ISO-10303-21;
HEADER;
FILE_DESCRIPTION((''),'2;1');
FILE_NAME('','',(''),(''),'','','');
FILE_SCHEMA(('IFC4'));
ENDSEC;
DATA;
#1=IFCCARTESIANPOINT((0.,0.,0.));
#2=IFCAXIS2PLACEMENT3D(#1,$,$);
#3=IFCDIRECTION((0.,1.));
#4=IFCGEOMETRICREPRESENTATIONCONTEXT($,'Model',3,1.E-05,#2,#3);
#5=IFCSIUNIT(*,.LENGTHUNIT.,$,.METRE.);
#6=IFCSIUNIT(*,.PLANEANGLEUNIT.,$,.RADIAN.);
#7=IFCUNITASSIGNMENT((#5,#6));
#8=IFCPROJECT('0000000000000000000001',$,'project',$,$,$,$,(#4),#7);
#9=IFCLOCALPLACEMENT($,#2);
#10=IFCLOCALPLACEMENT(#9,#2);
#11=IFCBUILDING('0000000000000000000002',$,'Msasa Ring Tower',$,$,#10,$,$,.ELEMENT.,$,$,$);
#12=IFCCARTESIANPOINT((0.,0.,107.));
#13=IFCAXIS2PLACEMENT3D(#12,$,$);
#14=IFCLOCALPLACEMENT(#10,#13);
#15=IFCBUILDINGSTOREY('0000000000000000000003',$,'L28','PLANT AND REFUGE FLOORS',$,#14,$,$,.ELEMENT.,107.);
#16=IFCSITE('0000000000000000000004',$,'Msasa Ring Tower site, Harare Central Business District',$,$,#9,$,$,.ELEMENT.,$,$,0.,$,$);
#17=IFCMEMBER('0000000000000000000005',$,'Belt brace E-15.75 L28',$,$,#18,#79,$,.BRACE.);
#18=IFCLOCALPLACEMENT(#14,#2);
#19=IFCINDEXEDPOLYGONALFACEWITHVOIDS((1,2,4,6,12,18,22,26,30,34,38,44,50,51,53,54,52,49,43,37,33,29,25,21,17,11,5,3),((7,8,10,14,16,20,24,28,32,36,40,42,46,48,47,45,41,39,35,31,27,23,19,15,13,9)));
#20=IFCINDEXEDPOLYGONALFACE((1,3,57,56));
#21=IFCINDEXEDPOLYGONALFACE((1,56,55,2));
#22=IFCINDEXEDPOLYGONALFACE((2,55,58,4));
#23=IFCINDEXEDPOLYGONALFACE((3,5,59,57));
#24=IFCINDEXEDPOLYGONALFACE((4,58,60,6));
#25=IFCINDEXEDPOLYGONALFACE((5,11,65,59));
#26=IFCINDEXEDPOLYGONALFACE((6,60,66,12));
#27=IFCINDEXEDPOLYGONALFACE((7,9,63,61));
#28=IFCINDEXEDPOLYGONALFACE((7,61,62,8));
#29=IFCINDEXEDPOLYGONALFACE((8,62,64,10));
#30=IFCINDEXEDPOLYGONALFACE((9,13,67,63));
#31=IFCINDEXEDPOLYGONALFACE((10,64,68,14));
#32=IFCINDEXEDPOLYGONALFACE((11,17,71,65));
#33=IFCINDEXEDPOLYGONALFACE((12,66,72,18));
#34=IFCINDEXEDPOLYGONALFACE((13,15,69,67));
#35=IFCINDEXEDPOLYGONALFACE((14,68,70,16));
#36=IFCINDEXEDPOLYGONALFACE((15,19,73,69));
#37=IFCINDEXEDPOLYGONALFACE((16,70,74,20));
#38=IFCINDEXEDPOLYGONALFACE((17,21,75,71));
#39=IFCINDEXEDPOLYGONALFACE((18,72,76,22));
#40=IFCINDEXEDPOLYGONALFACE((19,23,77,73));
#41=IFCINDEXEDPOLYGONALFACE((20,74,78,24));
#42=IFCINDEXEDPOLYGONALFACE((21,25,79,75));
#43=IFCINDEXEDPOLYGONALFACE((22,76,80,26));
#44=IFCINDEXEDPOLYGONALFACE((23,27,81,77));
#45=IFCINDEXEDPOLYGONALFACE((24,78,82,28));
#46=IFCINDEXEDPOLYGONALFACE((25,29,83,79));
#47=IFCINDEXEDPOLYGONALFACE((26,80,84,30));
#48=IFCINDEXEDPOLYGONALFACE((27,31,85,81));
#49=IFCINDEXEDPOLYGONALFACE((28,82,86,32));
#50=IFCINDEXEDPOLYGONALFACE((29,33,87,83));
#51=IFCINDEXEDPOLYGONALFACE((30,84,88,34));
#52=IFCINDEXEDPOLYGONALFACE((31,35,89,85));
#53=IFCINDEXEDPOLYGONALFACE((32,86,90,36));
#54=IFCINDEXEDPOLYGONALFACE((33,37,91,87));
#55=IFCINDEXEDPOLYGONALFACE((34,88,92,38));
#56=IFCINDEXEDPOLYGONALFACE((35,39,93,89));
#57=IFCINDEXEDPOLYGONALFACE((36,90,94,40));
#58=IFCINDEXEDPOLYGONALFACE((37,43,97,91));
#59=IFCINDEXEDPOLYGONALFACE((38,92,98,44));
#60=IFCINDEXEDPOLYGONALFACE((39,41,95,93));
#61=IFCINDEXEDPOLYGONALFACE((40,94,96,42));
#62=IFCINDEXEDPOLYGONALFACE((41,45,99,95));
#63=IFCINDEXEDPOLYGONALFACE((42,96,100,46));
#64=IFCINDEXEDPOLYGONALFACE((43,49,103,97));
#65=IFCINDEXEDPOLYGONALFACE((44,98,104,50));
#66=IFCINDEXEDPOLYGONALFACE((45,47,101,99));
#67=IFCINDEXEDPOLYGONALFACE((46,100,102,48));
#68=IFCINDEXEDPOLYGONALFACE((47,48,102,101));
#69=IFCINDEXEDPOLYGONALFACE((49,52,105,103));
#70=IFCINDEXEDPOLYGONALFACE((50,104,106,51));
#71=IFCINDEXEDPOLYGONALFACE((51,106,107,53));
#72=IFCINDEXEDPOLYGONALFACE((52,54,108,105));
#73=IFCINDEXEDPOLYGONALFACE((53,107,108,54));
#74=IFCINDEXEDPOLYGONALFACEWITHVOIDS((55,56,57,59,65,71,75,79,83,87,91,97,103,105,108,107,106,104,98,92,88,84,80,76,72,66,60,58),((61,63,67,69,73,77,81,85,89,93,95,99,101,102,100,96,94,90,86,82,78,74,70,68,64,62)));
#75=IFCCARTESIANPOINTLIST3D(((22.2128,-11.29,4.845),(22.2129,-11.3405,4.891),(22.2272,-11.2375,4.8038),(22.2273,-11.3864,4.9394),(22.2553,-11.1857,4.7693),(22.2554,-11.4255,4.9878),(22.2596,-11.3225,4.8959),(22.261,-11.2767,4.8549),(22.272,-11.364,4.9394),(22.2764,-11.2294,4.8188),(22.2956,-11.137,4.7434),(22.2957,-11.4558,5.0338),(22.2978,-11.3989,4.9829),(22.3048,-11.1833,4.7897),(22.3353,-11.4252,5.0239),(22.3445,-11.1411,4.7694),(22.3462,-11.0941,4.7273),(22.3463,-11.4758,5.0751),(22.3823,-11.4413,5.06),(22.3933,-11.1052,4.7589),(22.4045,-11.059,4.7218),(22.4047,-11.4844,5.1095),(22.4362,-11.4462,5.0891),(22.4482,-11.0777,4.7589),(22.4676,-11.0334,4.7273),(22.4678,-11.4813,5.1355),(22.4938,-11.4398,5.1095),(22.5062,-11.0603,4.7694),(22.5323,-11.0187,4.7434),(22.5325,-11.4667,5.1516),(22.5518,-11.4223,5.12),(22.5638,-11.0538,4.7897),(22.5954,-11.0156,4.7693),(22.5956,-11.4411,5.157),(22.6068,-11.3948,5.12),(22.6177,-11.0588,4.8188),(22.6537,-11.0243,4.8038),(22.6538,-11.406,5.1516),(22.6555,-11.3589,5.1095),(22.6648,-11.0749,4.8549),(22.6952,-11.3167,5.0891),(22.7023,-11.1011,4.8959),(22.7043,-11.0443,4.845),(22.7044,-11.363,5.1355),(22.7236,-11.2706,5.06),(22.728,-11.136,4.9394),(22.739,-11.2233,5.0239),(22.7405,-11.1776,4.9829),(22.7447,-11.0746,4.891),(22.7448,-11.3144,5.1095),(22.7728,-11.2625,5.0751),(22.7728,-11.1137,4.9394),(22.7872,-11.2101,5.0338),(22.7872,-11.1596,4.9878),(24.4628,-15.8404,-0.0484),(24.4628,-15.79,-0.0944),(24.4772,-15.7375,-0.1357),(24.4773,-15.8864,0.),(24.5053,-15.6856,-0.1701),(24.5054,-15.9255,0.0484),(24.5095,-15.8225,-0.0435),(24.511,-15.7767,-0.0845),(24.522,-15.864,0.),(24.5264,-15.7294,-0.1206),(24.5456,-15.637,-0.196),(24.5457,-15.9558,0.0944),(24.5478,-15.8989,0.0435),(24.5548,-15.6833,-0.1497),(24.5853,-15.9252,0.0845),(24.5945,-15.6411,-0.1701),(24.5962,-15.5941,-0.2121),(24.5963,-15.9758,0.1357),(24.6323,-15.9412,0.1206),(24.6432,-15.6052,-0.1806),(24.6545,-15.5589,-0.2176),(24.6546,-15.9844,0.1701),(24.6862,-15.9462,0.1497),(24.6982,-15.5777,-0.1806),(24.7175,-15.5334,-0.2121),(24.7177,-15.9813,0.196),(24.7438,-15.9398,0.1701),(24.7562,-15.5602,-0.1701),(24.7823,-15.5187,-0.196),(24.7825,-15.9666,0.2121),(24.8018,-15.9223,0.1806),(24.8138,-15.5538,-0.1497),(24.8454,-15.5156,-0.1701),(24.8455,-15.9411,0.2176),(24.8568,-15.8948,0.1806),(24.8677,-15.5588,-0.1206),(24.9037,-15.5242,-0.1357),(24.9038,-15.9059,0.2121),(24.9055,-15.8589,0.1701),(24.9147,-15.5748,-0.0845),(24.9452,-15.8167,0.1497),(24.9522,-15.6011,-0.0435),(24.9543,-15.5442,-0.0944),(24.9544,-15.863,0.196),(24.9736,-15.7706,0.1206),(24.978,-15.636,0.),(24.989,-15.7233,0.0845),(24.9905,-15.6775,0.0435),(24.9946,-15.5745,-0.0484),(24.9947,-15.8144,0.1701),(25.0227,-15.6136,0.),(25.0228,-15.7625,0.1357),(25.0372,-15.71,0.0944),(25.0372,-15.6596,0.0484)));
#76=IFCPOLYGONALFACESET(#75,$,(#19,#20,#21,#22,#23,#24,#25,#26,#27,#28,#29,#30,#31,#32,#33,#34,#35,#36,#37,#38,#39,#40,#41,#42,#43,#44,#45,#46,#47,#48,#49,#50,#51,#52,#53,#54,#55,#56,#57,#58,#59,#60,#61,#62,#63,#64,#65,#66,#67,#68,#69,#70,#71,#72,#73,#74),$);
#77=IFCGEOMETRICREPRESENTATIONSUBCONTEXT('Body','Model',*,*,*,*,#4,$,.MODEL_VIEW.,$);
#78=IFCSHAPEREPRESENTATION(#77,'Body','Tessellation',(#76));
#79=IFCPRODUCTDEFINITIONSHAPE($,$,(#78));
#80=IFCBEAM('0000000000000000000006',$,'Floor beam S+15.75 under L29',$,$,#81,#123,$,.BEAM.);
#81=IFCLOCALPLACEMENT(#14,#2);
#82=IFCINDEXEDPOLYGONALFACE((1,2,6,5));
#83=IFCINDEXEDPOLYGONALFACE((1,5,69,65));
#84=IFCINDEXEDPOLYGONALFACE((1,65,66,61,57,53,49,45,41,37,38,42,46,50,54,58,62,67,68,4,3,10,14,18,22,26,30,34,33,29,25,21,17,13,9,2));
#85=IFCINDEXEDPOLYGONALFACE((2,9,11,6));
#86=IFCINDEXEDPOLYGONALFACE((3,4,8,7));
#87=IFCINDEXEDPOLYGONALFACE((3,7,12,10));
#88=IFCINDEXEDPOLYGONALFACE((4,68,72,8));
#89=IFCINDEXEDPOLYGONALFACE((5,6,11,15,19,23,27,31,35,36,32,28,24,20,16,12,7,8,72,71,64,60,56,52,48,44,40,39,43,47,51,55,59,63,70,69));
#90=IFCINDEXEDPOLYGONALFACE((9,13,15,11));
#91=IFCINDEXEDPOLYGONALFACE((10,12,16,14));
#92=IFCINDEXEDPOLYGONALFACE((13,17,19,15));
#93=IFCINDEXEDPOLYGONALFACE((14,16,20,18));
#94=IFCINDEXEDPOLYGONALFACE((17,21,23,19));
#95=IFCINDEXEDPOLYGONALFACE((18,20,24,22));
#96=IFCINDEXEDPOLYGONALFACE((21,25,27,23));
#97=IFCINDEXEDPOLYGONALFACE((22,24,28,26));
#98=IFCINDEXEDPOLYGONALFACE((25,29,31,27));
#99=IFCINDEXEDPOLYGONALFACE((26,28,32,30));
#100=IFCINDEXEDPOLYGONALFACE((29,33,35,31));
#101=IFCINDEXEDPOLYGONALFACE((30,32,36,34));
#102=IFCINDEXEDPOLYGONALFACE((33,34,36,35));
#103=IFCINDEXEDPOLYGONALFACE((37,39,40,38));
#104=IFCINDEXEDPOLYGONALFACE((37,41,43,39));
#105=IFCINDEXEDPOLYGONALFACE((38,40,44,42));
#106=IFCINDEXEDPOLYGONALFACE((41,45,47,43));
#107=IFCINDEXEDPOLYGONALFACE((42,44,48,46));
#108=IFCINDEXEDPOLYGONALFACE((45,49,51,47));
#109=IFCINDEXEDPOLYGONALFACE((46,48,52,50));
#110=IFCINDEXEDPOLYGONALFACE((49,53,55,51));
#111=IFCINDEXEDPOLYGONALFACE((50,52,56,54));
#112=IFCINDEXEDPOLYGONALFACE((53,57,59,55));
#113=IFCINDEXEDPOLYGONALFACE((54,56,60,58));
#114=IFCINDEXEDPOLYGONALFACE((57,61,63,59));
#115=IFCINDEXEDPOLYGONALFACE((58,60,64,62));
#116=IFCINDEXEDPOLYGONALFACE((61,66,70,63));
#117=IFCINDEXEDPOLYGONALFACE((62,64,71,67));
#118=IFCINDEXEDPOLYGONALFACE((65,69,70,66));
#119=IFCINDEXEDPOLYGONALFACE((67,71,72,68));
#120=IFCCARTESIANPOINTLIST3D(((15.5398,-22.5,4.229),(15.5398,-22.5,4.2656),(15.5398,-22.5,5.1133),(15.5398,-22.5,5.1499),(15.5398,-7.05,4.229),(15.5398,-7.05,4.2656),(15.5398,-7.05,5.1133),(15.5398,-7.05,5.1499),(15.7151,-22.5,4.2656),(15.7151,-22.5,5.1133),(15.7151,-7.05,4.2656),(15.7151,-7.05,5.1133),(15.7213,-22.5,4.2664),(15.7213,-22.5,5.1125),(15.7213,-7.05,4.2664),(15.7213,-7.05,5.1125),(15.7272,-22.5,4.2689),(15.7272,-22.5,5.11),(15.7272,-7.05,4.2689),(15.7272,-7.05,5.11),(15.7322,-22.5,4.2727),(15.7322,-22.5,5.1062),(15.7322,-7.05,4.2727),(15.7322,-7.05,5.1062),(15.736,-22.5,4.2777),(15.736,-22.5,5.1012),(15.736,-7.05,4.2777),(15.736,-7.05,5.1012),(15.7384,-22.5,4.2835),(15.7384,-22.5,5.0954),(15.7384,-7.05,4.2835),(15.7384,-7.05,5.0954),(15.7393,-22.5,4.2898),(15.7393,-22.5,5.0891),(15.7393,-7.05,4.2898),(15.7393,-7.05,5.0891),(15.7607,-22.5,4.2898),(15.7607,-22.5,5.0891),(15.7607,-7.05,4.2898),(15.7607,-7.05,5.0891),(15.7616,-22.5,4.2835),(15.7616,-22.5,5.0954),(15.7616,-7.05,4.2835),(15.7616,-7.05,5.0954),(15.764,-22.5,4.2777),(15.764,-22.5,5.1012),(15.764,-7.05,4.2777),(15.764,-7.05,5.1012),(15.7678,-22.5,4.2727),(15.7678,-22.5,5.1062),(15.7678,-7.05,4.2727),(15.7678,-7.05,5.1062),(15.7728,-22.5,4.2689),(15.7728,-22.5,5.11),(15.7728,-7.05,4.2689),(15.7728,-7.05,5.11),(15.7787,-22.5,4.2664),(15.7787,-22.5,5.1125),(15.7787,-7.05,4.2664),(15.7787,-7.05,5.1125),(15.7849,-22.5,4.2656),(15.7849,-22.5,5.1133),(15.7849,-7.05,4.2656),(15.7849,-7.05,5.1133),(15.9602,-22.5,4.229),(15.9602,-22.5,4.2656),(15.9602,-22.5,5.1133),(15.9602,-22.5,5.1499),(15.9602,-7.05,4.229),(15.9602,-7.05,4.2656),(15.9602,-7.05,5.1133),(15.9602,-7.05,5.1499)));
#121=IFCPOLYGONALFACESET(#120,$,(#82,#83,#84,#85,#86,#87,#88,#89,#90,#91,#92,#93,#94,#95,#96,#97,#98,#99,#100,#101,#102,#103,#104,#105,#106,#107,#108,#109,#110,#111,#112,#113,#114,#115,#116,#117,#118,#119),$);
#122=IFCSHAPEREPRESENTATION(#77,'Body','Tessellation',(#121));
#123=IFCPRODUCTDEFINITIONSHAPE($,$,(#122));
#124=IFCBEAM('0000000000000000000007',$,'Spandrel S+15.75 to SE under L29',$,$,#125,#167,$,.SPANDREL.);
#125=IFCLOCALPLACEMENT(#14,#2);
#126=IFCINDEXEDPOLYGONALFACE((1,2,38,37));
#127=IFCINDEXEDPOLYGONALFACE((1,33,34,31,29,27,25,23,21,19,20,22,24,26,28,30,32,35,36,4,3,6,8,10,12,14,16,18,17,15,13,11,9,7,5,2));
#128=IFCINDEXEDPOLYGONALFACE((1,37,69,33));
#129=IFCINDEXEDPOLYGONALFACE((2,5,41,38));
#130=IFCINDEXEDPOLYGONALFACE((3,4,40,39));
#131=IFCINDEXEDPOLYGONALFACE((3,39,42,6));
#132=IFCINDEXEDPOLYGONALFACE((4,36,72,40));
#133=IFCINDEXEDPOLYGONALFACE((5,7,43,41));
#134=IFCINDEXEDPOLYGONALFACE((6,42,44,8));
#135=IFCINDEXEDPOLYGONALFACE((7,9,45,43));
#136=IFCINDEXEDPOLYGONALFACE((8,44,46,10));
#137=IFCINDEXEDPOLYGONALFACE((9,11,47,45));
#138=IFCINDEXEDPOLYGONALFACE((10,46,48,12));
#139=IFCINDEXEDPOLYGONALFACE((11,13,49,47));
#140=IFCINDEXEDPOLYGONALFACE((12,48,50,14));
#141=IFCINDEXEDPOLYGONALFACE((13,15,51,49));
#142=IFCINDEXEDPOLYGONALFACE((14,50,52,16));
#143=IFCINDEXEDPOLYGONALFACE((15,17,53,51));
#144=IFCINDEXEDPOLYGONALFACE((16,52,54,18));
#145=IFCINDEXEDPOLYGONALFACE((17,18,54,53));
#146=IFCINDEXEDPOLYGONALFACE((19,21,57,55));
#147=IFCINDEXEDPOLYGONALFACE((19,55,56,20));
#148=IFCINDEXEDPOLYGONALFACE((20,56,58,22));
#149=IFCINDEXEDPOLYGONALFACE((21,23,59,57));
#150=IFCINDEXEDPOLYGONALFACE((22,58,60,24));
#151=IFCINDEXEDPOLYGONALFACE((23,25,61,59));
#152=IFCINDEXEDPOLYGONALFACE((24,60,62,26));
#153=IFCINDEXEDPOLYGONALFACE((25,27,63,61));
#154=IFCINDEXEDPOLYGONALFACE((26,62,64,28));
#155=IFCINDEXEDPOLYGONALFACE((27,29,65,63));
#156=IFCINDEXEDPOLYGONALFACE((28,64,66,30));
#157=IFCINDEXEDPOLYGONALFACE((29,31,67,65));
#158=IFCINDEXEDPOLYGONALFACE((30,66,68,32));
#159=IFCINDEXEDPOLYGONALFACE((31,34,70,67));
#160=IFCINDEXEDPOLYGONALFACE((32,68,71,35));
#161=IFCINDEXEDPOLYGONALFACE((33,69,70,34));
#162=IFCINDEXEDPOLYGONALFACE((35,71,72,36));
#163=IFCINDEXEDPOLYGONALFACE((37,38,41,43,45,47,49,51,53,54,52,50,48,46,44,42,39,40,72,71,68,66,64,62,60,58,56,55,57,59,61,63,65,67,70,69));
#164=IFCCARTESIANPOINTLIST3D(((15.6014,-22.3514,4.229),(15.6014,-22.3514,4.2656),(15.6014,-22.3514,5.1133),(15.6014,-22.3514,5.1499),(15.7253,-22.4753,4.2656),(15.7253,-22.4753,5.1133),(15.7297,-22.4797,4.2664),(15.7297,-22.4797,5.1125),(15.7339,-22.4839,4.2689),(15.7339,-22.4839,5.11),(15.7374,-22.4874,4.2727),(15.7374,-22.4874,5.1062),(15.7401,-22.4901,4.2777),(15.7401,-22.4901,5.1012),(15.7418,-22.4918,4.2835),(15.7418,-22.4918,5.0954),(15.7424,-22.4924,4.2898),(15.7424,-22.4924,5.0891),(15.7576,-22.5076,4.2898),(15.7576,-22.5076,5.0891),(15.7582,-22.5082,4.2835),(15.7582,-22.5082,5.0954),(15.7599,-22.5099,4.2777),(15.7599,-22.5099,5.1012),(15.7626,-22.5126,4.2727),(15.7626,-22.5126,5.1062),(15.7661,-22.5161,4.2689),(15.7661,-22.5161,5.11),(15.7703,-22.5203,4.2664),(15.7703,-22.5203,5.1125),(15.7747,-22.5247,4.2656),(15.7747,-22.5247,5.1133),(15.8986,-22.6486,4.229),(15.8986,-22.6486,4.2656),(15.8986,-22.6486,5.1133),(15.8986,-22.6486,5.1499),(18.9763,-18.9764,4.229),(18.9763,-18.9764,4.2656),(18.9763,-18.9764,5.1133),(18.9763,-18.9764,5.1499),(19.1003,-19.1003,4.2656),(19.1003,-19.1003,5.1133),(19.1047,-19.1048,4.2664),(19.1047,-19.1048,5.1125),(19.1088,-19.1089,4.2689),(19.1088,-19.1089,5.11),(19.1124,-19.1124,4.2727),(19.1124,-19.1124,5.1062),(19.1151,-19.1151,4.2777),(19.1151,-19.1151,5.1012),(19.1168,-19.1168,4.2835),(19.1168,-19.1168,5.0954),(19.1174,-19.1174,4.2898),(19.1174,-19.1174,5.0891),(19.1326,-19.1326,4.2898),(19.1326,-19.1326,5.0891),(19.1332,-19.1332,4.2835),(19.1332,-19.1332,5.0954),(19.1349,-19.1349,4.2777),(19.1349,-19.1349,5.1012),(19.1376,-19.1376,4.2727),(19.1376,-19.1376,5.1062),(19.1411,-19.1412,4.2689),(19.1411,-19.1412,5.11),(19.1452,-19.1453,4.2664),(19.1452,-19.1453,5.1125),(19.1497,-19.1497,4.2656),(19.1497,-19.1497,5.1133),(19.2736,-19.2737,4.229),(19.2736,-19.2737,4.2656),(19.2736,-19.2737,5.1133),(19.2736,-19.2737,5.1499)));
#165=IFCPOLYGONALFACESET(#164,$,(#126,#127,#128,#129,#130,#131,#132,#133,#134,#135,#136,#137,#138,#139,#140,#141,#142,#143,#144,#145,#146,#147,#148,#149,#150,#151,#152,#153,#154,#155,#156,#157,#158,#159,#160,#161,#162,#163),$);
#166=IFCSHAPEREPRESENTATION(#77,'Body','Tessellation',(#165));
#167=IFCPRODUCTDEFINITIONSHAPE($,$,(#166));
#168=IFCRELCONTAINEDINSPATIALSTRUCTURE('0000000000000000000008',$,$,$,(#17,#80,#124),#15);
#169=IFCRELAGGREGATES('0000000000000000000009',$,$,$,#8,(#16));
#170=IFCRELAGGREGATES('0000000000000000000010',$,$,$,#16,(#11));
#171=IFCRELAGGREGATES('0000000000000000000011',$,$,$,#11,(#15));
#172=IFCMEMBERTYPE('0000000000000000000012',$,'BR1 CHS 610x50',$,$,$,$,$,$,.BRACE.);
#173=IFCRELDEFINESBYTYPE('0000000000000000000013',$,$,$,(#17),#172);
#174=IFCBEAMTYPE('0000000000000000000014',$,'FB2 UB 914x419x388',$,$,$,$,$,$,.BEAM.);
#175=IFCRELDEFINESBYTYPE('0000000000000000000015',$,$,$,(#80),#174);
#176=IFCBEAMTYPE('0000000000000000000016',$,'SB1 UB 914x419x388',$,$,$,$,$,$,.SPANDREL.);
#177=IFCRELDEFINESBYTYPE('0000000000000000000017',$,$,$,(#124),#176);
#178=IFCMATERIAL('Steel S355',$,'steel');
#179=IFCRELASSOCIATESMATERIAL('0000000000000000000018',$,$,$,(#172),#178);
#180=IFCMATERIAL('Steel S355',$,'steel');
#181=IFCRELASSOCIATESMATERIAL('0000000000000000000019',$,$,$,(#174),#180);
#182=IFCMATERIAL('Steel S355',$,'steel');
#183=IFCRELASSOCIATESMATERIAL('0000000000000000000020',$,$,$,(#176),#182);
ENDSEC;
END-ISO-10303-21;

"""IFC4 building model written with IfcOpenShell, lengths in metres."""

from ifc_helpers import new_model, si_unit, direction, frame, origin, origin_2d, place, context, subcontext, project, spatial, hollow_circle, i_section, extrude, material, material_profile, profile_set, type_object, element, save


model = new_model("IFC4")

# Units and contexts
model_context = context("Model", 3, precision=1e-05, world=origin(), true_north=direction((0.0, 1.0)))
body_context = subcontext(model_context, "Body", "Model", "MODEL_VIEW")
ifc_project = project(units=[si_unit("LENGTHUNIT", "METRE"), si_unit("PLANEANGLEUNIT", "RADIAN")], contexts=[model_context])

# Site, building, storey
site_placement = place(None, origin())
site = spatial("IfcSite", under=ifc_project, at=site_placement, Name="Msasa Ring Tower site, Harare Central Business District", CompositionType="ELEMENT", RefElevation=0.0)
building_placement = place(site_placement, origin())
building = spatial("IfcBuilding", under=site, at=building_placement, Name="Msasa Ring Tower", CompositionType="ELEMENT")
storey_placement = place(building_placement, frame((0.0, 0.0, 107.0)))
storey = spatial("IfcBuildingStorey", under=building, at=storey_placement, Name="L28", Description="PLANT AND REFUGE FLOORS", CompositionType="ELEMENT", Elevation=107.0)

# Member
ifc_material_1 = material(Name="Steel S355", Category="steel")
ifc_material_profile_1 = material_profile(ifc_material_1, hollow_circle(Radius=0.3049, WallThickness=0.05, at=origin_2d()), Name="CHS 610x50")
ifc_profile_set_1 = profile_set([ifc_material_profile_1], Name="Steel S355")
member_type = type_object("IfcMemberType", Name="BR1 CHS 610x50", PredefinedType="BRACE", material=ifc_profile_set_1)
member_1_placement = place(storey_placement, frame((24.75, -15.75, 0.0), z_axis=(-0.319123, 0.638245, 0.700574), x_axis=(-0.894427, -0.447214, 0.0)))
element("IfcMember", 1, at=member_1_placement, inside=storey, type_object=member_type, Name="Belt brace E-15.75 L28", PredefinedType="BRACE", context=body_context, shape_type="SweptSolid", body=[
    extrude(hollow_circle(Radius=0.3049, WallThickness=0.05, at=origin_2d()), origin(), (0.0, 0.0, 1.0), 7.0505),
])

# Beams
ifc_material_2 = material(Name="Steel S355", Category="steel")
ifc_material_profile_2 = material_profile(ifc_material_2, i_section(OverallWidth=0.4204, OverallDepth=0.9209, WebThickness=0.0215, FlangeThickness=0.0366, FilletRadius=0.0242, at=origin_2d()), Name="UB 914x419x388")
ifc_profile_set_2 = profile_set([ifc_material_profile_2], Name="Steel S355")
beam_type_1 = type_object("IfcBeamType", Name="FB2 UB 914x419x388", PredefinedType="BEAM", material=ifc_profile_set_2)
beam_1_placement = place(storey_placement, frame((15.75, -22.5, 4.6895), z_axis=(0.0, 1.0, 0.0), x_axis=(-1.0, 0.0, 0.0)))
element("IfcBeam", 2, at=beam_1_placement, inside=storey, type_object=beam_type_1, Name="Floor beam S+15.75 under L29", PredefinedType="BEAM", context=body_context, shape_type="SweptSolid", body=[
    extrude(i_section(OverallWidth=0.4204, OverallDepth=0.9209, WebThickness=0.0215, FlangeThickness=0.0366, FilletRadius=0.0242, at=origin_2d()), origin(), (0.0, 0.0, 1.0), 15.45),
])
ifc_material_3 = material(Name="Steel S355", Category="steel")
ifc_material_profile_3 = material_profile(ifc_material_3, i_section(OverallWidth=0.4204, OverallDepth=0.9209, WebThickness=0.0215, FlangeThickness=0.0366, FilletRadius=0.0242, at=origin_2d()), Name="UB 914x419x388")
ifc_profile_set_3 = profile_set([ifc_material_profile_3], Name="Steel S355")
beam_type_2 = type_object("IfcBeamType", Name="SB1 UB 914x419x388", PredefinedType="SPANDREL", material=ifc_profile_set_3)
for number, where, z_axis, x_axis, name in (
    (3, (15.75, -22.5, 4.6895), (0.707107, 0.707107, 0.0), (-0.707107, 0.707107, 0.0), "Spandrel S+15.75 to SE under L29"),
):
    element("IfcBeam", number, at=place(storey_placement, frame(where, z_axis=z_axis, x_axis=x_axis)), inside=storey, type_object=beam_type_2, Name=name, PredefinedType="SPANDREL", context=body_context, shape_type="SweptSolid", body=[
        extrude(i_section(OverallWidth=0.4204, OverallDepth=0.9209, WebThickness=0.0215, FlangeThickness=0.0366, FilletRadius=0.0242, at=origin_2d()), origin(), (0.0, 0.0, 1.0), 4.7729),
    ])

save(model, "model.ifc")
